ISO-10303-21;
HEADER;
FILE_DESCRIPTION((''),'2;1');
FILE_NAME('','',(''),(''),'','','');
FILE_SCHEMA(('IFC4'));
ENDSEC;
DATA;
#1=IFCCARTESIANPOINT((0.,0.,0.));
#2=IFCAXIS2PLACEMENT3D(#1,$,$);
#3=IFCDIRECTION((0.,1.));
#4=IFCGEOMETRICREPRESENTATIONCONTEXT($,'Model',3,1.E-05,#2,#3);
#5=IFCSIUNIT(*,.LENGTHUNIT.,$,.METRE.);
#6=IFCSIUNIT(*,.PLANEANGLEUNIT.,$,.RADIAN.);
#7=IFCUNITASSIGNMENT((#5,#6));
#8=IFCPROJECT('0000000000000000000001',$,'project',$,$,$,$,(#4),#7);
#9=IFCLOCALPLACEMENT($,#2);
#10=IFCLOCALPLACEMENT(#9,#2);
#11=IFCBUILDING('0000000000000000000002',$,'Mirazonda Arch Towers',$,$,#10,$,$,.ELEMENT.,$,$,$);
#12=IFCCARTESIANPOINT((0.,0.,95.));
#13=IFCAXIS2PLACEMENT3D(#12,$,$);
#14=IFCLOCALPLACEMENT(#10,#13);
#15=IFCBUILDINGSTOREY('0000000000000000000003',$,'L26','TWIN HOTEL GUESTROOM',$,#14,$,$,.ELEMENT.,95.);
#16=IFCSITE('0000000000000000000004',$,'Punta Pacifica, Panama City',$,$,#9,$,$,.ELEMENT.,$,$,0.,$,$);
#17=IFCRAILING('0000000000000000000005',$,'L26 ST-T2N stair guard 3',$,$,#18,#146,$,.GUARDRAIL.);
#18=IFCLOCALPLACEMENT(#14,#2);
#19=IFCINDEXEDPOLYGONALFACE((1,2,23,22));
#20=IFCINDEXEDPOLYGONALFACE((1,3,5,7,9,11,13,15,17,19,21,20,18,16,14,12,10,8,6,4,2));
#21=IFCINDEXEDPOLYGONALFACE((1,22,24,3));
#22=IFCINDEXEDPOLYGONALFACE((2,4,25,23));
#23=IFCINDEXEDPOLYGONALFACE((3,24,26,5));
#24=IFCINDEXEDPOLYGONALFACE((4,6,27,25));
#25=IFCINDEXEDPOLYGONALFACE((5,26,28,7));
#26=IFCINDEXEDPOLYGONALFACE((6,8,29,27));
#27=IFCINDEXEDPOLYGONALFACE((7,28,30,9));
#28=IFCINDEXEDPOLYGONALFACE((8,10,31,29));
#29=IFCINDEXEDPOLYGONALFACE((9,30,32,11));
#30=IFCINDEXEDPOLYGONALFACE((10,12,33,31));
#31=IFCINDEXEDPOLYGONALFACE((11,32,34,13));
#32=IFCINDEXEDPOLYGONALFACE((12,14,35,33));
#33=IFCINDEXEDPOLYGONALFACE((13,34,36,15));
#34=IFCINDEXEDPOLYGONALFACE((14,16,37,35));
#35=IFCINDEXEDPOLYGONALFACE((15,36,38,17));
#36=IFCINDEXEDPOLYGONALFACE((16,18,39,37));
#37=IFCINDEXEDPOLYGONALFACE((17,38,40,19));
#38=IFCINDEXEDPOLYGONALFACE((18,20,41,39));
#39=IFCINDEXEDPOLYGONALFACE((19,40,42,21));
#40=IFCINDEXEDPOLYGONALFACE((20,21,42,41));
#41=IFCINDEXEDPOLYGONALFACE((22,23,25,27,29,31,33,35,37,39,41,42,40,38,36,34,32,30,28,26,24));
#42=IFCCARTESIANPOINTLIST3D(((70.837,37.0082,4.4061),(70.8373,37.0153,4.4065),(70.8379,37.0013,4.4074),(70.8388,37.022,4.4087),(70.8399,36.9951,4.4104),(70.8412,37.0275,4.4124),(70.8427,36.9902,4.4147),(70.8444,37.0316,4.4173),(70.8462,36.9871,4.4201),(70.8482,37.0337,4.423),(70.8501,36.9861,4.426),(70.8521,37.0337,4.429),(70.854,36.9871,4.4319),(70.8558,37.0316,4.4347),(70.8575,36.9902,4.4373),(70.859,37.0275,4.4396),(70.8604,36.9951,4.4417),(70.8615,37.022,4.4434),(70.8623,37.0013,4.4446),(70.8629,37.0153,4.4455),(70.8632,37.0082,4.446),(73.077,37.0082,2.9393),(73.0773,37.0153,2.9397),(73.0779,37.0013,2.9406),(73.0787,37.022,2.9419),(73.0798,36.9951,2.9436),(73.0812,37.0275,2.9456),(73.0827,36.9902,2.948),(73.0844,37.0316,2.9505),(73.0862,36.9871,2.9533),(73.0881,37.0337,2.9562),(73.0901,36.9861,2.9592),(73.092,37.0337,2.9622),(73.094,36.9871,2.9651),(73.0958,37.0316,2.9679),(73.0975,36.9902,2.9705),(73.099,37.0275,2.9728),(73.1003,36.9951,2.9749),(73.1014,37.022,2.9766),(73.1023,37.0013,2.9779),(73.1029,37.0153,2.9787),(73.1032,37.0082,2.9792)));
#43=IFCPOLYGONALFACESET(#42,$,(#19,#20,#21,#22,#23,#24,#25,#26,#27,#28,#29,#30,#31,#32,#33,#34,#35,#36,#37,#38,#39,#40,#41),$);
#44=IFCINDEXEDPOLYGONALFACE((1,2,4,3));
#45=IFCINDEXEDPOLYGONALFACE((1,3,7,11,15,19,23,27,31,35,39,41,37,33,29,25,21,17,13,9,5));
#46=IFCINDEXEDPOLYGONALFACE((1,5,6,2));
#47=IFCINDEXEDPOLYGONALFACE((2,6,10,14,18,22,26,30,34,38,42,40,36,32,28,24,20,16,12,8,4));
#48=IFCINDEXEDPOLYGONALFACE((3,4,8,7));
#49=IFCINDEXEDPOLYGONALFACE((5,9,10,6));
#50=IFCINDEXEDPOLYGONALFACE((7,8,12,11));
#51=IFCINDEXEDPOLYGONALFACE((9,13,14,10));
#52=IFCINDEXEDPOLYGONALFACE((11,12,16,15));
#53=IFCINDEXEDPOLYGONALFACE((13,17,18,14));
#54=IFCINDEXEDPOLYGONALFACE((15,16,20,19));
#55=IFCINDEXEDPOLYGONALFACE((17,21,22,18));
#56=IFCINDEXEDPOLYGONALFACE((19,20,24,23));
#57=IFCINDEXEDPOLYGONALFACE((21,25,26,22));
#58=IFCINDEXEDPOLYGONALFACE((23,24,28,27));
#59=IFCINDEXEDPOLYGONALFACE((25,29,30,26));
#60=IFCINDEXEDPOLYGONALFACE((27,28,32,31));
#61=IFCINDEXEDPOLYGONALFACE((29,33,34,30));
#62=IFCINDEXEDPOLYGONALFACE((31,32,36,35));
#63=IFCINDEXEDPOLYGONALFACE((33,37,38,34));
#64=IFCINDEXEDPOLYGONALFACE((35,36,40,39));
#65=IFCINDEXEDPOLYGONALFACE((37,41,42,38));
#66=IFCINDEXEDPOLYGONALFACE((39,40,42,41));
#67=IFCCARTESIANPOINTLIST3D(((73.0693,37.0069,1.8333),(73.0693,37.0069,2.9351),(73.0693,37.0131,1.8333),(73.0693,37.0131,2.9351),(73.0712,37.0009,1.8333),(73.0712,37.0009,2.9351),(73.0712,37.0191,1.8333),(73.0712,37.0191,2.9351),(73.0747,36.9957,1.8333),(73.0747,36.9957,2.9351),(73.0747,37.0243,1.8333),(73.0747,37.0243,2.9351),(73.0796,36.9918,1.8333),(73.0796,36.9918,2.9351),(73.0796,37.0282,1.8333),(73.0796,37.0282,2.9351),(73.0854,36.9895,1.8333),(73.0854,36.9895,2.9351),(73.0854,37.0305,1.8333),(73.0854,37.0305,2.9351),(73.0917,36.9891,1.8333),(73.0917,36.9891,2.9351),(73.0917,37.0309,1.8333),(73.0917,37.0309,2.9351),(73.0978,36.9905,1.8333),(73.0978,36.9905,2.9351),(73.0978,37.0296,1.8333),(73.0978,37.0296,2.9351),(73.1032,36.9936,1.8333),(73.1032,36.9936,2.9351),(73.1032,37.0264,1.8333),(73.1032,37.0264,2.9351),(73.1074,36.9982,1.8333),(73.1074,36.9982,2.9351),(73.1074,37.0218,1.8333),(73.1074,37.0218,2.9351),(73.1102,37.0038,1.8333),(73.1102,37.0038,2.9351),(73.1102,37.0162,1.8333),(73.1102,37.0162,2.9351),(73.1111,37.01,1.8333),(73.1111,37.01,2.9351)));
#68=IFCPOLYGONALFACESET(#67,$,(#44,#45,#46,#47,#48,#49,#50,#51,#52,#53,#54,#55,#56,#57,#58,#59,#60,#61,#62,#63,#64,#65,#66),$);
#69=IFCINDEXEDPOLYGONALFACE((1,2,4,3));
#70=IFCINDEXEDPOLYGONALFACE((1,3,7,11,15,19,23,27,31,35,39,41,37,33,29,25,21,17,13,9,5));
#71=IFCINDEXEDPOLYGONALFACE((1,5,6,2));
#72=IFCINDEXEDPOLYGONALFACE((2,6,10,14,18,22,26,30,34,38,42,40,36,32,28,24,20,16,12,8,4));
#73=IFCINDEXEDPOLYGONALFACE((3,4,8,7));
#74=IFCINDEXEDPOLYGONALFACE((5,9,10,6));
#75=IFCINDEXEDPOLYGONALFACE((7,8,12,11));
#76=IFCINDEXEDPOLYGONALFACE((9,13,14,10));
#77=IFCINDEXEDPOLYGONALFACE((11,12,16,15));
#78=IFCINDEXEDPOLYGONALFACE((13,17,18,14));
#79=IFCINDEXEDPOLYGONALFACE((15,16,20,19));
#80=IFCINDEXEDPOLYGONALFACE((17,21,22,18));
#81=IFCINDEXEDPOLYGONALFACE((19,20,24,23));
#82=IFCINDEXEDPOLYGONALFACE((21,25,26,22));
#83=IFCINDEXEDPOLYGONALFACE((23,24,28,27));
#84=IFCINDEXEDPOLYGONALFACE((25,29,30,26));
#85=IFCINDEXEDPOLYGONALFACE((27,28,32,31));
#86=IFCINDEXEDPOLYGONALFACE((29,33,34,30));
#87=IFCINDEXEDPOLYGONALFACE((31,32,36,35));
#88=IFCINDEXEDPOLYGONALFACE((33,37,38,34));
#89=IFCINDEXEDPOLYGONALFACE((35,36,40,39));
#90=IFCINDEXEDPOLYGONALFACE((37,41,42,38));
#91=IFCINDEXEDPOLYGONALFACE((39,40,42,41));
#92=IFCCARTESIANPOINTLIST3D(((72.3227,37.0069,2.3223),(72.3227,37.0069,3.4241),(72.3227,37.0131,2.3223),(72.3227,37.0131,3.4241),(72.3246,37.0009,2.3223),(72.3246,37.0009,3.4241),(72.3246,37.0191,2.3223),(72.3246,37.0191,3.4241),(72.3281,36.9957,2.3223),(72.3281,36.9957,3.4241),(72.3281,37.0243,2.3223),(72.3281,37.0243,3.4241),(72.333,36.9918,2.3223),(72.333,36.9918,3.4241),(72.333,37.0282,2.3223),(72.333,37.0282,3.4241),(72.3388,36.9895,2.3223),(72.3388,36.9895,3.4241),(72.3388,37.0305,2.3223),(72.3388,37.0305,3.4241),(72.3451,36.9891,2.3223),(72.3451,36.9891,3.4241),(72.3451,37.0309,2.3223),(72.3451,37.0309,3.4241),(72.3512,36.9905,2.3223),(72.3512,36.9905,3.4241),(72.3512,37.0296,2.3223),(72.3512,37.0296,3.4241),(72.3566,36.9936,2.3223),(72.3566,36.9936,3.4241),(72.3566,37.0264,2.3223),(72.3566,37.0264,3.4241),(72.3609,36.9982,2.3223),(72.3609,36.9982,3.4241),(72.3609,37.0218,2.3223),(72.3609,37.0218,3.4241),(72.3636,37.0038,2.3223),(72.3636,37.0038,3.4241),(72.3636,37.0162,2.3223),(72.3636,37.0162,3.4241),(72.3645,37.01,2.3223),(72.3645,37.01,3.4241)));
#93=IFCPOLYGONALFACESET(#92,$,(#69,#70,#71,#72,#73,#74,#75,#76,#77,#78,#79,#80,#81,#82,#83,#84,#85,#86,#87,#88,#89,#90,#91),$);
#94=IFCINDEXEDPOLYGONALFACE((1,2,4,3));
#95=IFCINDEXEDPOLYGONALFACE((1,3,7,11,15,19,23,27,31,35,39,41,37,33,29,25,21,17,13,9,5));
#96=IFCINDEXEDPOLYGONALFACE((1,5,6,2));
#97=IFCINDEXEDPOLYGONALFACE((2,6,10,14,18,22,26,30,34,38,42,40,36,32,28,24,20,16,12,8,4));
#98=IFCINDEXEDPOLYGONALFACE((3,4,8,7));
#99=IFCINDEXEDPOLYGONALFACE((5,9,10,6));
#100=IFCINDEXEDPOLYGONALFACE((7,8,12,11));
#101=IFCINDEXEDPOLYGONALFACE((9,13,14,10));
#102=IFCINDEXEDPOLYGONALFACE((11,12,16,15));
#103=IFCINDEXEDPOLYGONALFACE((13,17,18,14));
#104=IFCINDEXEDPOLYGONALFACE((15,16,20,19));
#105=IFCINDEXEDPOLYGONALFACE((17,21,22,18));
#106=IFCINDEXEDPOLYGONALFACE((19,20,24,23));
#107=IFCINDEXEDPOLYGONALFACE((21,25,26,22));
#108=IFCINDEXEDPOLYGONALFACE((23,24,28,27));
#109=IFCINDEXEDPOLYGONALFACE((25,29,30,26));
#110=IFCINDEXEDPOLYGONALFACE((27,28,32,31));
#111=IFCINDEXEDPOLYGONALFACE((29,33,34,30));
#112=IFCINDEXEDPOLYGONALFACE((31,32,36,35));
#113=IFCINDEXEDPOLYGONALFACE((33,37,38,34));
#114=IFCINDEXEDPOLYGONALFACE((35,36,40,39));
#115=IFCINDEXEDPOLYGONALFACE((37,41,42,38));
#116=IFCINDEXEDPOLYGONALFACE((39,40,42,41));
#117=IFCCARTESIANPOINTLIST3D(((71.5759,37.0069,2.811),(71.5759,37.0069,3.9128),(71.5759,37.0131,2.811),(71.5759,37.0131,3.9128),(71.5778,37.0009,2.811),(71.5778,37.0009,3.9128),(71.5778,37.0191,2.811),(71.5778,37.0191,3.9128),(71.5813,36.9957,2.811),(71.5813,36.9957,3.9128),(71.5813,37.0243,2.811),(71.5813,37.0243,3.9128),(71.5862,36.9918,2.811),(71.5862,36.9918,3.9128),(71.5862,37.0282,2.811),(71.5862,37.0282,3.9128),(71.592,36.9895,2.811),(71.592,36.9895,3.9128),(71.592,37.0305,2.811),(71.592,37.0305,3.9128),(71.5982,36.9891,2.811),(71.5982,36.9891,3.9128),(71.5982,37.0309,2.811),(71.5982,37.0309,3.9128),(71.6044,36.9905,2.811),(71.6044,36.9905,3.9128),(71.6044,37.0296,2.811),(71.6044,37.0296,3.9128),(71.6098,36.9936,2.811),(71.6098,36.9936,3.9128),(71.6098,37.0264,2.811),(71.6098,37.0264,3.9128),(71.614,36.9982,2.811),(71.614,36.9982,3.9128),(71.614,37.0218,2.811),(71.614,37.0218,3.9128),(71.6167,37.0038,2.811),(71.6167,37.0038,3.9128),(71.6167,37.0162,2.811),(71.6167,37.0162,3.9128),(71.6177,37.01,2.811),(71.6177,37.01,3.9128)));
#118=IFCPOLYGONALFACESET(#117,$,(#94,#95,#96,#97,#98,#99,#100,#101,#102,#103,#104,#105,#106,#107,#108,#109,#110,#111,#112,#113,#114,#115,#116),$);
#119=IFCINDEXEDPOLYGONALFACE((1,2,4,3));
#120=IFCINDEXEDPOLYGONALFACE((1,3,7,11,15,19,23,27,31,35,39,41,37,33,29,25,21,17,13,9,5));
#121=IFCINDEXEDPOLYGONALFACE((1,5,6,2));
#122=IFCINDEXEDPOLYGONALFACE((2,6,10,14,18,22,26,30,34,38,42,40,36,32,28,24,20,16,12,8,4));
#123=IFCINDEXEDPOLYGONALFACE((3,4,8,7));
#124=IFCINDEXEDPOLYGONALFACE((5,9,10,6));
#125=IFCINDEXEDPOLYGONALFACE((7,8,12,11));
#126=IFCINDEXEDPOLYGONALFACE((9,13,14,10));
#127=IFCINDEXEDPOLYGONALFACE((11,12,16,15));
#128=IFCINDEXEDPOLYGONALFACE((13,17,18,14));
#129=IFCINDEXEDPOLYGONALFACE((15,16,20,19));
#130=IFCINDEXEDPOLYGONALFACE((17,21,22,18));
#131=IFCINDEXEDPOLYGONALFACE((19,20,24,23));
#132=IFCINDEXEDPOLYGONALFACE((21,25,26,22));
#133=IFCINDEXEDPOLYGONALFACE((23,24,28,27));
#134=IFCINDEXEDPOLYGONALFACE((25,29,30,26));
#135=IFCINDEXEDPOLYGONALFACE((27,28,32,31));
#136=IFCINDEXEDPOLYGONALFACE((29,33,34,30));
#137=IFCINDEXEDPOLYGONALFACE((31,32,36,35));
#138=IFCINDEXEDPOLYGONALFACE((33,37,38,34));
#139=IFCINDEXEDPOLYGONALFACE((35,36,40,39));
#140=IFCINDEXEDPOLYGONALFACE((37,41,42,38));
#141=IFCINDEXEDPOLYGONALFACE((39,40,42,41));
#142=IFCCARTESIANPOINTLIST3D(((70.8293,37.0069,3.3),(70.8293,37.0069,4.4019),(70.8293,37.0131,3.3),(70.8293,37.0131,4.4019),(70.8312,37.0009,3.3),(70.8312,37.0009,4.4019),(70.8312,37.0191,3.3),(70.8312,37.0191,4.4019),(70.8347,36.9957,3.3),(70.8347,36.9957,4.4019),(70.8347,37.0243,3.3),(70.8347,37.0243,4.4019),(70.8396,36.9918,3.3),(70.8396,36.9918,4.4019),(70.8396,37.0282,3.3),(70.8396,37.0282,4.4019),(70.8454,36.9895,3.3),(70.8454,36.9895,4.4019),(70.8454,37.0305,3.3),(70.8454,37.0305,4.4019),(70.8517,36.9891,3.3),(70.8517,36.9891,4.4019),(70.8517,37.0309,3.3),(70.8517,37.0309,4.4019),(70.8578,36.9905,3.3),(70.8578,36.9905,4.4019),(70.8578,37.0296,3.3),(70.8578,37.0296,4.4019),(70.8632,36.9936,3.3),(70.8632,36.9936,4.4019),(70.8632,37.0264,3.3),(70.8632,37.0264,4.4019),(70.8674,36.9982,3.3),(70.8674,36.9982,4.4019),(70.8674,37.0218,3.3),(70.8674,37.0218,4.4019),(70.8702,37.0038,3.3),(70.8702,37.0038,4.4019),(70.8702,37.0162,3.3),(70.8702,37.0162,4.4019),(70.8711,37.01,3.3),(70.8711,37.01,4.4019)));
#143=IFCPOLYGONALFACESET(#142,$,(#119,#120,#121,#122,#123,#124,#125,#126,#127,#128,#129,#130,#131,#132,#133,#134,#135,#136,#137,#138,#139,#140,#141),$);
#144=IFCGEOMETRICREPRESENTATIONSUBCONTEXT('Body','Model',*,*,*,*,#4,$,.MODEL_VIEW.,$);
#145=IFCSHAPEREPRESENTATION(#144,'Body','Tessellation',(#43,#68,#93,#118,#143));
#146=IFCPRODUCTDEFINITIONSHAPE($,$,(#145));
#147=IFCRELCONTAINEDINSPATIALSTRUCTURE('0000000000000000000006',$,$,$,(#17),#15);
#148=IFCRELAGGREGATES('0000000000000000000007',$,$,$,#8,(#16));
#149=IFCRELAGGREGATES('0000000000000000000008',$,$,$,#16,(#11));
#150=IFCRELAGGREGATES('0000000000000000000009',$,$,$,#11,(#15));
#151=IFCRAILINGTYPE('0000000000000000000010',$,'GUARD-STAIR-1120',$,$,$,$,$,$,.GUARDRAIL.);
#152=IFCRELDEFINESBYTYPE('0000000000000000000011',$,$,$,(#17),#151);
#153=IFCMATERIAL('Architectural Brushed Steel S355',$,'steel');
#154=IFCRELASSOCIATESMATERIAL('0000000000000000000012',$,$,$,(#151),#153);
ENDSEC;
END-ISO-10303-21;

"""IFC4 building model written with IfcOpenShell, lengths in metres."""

from ifc_helpers import new_model, si_unit, direction, frame, origin, origin_2d, place, context, subcontext, project, spatial, circle, extrude, material, type_object, element, save


model = new_model("IFC4")

# Units and contexts
model_context = context("Model", 3, precision=1e-05, world=origin(), true_north=direction((0.0, 1.0)))
body_context = subcontext(model_context, "Body", "Model", "MODEL_VIEW")
ifc_project = project(units=[si_unit("LENGTHUNIT", "METRE"), si_unit("PLANEANGLEUNIT", "RADIAN")], contexts=[model_context])

# Site, building, storey
site_placement = place(None, origin())
site = spatial("IfcSite", under=ifc_project, at=site_placement, Name="Punta Pacifica, Panama City", CompositionType="ELEMENT", RefElevation=0.0)
building_placement = place(site_placement, origin())
building = spatial("IfcBuilding", under=site, at=building_placement, Name="Mirazonda Arch Towers", CompositionType="ELEMENT")
storey_placement = place(building_placement, frame((0.0, 0.0, 95.0)))
storey = spatial("IfcBuildingStorey", under=building, at=storey_placement, Name="L26", Description="TWIN HOTEL GUESTROOM", CompositionType="ELEMENT", Elevation=95.0)

# Railing
ifc_material_1 = material(Name="Architectural Brushed Steel S355", Category="steel")
railing_type_1 = type_object("IfcRailingType", Name="GUARD-STAIR-1120", PredefinedType="GUARDRAIL", material=ifc_material_1)
railing_1_placement = place(storey_placement, frame((73.0901, 37.01, 1.8333)))
element("IfcRailing", 1, at=railing_1_placement, inside=storey, type_object=railing_type_1, Name="L26 ST-T2N stair guard 3", PredefinedType="GUARDRAIL", context=body_context, shape_type="SweptSolid", body=[
    extrude(circle(Radius=0.0239, at=origin_2d()), frame((0.0, 0.0, 1.126), z_axis=(-0.836595, 0.0, 0.547822), x_axis=(0.0, -1.0, 0.0)), (0.0, 0.0, 1.0), 2.6775),
    extrude(circle(Radius=0.021, at=origin_2d()), origin(), (0.0, 0.0, 1.0), 1.1018),
    extrude(circle(Radius=0.021, at=origin_2d()), frame((-0.7466, 0.0, 0.489)), (0.0, 0.0, 1.0), 1.1018),
    extrude(circle(Radius=0.021, at=origin_2d()), frame((-1.4934, 0.0, 0.9778)), (0.0, 0.0, 1.0), 1.1018),
    extrude(circle(Radius=0.021, at=origin_2d()), frame((-2.24, 0.0, 1.4668)), (0.0, 0.0, 1.0), 1.1018),
])

save(model, "model.ifc")
